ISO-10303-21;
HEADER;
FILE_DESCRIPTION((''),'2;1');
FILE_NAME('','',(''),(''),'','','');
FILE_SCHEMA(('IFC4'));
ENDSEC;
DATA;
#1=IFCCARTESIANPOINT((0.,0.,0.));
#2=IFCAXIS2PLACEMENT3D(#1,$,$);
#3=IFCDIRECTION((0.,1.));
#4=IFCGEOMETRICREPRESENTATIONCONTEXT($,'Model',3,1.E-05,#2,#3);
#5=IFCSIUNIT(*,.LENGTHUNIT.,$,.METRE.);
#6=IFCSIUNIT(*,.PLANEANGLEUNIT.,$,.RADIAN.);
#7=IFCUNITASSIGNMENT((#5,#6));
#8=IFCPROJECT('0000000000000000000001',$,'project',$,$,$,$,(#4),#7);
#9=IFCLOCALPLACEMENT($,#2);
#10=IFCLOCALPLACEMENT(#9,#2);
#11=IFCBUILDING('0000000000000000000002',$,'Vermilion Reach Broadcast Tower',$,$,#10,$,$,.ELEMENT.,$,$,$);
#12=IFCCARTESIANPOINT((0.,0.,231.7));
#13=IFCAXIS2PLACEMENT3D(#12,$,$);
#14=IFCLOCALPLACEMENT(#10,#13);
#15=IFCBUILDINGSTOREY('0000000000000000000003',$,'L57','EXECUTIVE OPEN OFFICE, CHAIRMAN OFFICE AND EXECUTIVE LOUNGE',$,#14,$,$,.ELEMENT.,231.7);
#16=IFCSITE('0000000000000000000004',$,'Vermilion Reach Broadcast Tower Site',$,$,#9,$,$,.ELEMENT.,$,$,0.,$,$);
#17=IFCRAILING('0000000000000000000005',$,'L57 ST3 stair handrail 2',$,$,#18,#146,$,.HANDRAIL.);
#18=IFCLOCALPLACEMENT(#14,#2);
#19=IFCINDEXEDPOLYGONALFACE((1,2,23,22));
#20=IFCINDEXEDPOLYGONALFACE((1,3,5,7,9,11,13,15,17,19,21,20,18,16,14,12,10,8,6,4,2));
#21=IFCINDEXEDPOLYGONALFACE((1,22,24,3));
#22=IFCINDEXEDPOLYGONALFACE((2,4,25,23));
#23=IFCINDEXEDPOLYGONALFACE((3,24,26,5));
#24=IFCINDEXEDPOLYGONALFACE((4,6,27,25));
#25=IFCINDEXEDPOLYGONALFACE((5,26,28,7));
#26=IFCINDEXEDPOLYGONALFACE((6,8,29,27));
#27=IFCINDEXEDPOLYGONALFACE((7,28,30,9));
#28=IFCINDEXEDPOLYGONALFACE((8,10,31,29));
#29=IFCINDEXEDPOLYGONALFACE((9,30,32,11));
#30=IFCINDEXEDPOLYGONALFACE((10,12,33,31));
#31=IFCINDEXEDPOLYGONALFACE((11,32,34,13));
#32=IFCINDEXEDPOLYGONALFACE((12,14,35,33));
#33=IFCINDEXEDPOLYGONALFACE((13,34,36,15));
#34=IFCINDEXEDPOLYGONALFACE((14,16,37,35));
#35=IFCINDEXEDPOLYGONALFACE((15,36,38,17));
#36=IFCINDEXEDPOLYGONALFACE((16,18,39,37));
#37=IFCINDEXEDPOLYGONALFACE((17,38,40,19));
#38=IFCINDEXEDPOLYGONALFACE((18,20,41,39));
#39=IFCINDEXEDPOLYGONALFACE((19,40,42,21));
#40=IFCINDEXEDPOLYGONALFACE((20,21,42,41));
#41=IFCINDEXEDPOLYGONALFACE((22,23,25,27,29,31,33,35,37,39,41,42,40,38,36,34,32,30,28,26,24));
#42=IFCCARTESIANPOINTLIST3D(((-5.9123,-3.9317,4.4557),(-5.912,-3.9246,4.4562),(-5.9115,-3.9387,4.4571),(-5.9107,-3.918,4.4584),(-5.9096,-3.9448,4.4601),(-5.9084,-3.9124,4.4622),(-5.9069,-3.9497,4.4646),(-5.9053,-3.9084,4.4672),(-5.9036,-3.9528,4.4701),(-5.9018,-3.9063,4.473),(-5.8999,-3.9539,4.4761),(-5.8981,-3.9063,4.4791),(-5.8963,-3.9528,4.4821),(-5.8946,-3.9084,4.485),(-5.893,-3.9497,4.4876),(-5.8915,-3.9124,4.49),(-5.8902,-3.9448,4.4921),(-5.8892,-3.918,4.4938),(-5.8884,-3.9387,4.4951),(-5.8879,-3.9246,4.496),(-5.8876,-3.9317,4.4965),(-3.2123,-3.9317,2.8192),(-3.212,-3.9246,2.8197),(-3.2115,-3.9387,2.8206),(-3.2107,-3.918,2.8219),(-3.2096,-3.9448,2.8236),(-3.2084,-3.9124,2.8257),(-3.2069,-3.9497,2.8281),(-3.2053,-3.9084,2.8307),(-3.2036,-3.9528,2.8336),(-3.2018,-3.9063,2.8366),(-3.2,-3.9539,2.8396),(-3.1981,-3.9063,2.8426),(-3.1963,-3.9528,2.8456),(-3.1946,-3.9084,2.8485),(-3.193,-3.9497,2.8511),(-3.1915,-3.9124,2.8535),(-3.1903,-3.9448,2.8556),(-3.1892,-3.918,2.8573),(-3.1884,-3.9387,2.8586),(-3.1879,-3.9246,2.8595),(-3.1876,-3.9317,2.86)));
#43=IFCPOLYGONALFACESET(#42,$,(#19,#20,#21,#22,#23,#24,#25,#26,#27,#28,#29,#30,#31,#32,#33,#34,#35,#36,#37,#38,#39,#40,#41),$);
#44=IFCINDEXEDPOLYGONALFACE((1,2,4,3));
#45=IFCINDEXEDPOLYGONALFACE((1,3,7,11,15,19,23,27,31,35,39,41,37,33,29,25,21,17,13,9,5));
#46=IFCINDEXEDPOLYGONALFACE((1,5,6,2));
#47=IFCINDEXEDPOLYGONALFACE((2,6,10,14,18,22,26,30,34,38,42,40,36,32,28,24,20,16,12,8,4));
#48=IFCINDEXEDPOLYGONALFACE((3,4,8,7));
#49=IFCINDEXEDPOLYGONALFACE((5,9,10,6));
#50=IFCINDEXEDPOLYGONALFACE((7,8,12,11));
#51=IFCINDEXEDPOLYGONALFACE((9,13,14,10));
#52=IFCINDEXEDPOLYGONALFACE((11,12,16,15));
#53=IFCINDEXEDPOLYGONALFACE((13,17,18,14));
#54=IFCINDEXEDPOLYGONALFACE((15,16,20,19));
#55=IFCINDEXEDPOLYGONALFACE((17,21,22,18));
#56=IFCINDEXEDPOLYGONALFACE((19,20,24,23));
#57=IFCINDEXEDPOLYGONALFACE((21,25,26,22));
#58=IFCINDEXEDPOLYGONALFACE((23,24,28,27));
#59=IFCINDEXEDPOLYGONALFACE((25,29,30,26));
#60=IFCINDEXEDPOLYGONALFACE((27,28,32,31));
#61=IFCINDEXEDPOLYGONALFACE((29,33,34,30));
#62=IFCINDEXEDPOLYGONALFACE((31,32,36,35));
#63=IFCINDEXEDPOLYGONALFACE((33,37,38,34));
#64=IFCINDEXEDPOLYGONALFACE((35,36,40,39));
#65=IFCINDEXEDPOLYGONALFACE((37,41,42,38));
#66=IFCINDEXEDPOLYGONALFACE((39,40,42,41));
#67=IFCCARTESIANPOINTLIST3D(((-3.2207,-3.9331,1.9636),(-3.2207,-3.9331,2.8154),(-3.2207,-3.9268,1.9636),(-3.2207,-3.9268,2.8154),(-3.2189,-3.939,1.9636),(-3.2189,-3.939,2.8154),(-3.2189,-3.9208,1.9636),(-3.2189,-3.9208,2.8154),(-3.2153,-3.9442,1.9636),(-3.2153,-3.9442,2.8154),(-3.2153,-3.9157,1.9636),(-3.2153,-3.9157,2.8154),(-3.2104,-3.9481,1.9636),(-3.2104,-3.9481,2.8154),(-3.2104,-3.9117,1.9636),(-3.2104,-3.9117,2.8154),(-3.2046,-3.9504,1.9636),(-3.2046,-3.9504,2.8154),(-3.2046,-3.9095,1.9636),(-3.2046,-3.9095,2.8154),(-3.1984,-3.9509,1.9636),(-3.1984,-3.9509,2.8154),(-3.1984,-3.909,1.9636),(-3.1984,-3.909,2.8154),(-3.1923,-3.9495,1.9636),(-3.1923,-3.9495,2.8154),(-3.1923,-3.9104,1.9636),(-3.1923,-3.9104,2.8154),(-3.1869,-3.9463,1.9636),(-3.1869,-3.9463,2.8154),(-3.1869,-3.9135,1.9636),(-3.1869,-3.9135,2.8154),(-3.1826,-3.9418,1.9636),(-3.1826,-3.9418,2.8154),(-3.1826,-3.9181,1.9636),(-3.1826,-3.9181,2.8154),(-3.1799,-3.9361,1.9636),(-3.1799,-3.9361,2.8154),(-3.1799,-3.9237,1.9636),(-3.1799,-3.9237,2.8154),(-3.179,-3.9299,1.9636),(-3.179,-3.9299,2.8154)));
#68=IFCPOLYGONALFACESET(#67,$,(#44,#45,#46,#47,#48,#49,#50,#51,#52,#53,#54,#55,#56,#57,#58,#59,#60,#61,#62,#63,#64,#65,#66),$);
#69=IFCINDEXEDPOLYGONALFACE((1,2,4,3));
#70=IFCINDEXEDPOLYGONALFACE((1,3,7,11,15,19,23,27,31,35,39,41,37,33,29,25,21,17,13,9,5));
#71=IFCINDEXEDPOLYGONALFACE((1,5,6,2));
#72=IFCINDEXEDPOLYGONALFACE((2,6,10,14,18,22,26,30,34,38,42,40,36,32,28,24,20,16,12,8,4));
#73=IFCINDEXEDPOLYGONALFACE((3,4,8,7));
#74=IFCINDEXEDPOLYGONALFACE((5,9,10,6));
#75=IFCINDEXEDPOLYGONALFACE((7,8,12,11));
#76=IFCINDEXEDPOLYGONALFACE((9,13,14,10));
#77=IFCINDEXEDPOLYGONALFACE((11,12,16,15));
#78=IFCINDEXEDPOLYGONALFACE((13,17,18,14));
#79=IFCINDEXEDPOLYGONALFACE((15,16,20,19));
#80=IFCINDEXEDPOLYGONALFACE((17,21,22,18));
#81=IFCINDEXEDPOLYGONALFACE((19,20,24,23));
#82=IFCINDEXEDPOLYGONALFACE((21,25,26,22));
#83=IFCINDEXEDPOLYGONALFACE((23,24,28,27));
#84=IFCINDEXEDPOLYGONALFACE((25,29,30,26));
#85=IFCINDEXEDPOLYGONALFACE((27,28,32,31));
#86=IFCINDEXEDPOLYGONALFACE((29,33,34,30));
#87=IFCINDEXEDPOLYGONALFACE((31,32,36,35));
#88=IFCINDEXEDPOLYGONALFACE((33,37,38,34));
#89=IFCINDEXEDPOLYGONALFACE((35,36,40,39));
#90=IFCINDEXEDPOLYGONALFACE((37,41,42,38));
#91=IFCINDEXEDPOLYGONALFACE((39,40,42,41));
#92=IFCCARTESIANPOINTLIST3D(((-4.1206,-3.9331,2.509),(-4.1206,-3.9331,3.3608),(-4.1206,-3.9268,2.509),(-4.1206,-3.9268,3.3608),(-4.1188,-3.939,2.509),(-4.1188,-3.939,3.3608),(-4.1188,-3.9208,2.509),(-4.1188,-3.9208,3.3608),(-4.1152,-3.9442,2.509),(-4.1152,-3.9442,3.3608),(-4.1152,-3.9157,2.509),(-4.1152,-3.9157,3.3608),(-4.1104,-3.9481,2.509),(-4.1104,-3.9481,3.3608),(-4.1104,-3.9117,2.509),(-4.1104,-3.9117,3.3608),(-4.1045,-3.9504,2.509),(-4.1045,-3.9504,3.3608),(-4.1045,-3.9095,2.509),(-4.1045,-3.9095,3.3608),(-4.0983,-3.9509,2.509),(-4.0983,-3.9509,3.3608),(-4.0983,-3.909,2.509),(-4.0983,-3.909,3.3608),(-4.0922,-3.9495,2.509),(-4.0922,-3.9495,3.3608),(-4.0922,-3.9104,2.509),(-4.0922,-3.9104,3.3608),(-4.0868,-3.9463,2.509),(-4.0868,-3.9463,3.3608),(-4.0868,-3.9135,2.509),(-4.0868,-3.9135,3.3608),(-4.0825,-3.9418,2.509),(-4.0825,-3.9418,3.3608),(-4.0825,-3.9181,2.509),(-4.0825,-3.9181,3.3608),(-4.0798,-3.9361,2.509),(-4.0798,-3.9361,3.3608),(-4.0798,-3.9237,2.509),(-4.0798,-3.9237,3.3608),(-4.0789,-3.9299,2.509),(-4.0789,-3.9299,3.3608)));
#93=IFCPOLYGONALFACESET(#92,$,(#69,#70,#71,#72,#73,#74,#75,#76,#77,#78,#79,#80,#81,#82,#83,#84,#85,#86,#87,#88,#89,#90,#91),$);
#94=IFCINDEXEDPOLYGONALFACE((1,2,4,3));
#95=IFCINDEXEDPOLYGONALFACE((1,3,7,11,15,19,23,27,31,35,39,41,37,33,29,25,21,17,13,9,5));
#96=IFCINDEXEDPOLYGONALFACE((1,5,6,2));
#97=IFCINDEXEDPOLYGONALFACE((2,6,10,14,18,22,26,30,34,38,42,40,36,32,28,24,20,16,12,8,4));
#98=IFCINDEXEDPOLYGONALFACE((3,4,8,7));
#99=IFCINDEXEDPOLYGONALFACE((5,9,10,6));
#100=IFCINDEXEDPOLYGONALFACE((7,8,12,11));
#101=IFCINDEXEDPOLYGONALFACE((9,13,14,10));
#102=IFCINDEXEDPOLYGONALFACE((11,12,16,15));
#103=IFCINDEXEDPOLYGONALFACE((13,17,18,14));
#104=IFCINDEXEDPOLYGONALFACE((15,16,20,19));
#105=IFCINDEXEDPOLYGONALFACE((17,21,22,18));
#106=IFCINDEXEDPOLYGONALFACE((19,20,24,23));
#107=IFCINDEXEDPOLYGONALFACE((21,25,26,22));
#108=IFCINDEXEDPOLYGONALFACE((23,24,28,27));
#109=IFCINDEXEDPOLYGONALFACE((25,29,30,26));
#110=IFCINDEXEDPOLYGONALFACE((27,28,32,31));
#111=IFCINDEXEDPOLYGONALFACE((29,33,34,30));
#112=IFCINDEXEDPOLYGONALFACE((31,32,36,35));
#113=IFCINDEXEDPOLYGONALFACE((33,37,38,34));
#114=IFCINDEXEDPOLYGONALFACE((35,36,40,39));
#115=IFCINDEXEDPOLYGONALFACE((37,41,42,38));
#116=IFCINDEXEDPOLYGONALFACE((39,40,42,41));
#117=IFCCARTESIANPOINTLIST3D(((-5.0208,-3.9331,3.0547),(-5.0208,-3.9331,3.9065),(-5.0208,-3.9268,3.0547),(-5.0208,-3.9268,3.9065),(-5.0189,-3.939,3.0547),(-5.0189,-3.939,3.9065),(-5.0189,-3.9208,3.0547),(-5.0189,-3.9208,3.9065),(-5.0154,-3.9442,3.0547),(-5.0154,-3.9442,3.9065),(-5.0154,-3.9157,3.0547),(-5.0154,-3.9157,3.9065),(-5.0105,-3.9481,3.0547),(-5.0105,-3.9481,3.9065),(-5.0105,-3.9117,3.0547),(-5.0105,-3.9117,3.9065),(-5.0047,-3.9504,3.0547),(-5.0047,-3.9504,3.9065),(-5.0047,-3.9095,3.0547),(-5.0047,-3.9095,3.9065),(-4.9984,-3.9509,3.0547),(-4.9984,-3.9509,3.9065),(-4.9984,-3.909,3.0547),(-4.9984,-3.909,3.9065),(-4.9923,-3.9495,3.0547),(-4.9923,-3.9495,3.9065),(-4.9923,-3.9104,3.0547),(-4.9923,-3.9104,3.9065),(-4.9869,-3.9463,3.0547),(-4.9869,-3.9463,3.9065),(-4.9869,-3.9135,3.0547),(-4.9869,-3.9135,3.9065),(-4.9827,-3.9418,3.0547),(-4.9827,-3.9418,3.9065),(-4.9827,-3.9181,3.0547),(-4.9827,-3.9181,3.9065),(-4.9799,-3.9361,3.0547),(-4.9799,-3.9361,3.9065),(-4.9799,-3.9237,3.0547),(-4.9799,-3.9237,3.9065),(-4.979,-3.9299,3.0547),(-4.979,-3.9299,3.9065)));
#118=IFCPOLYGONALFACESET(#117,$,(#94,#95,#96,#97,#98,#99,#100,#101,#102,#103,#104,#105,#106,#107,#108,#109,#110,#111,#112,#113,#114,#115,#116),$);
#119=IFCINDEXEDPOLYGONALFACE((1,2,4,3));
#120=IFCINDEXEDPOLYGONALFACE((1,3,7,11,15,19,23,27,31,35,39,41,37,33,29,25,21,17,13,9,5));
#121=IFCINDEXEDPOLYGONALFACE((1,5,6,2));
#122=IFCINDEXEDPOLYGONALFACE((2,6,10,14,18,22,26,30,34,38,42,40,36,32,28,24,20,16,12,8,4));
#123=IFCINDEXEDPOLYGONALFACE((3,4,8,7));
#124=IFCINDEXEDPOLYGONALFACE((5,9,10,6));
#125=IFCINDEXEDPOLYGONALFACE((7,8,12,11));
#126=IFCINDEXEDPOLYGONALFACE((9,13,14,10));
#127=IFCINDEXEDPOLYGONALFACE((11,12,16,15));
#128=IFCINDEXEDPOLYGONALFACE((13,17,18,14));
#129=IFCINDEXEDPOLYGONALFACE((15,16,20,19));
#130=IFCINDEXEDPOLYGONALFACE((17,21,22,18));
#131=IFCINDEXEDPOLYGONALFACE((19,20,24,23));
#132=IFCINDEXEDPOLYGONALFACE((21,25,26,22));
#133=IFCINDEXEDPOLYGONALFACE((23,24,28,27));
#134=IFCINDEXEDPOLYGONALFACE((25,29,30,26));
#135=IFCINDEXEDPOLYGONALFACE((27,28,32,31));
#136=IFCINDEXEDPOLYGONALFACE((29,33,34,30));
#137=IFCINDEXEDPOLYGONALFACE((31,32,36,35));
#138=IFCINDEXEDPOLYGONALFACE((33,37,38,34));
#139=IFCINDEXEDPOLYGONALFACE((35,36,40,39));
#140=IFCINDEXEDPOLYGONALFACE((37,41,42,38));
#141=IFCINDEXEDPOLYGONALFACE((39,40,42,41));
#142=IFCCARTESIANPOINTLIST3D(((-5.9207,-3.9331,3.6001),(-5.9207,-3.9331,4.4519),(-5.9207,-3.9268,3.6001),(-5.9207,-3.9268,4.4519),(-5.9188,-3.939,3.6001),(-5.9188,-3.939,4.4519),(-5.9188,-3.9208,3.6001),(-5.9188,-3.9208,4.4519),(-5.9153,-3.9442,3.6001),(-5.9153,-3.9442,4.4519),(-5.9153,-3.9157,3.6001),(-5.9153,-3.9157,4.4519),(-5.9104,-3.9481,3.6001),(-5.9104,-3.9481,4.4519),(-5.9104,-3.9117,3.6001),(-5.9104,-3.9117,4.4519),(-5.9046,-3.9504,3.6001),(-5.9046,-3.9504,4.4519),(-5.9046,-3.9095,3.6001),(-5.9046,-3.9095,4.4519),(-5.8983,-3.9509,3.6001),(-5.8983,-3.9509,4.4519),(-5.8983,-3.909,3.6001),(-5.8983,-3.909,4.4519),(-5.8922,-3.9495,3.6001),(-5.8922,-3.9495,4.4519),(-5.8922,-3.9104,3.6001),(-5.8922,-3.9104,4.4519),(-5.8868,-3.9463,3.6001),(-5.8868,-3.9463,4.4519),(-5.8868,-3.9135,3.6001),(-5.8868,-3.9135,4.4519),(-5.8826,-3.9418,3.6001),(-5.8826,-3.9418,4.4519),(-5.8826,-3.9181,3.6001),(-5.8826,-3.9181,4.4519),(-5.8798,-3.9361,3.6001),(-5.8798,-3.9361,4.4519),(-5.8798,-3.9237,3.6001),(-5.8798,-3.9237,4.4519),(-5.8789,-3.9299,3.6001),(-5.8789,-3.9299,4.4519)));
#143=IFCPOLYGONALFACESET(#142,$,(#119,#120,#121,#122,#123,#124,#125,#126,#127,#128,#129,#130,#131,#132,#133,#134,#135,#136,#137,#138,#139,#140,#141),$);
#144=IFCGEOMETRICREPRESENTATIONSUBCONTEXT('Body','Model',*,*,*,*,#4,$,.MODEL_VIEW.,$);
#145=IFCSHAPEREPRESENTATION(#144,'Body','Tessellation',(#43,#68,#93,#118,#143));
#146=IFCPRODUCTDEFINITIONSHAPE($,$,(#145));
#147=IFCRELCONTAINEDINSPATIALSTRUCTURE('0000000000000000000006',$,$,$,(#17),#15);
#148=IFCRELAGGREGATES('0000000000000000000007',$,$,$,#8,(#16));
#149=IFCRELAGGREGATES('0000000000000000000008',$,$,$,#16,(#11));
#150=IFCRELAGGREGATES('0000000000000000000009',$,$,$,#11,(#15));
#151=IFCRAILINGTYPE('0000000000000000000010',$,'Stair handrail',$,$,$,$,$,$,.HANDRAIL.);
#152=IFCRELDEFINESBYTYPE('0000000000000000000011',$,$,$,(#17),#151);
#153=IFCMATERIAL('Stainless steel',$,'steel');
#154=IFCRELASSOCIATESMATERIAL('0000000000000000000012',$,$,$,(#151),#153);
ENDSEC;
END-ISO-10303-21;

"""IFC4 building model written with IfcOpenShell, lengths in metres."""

from ifc_helpers import new_model, si_unit, direction, frame, origin, origin_2d, place, context, subcontext, project, spatial, circle, extrude, material, type_object, element, save


model = new_model("IFC4")

# Units and contexts
model_context = context("Model", 3, precision=1e-05, world=origin(), true_north=direction((0.0, 1.0)))
body_context = subcontext(model_context, "Body", "Model", "MODEL_VIEW")
ifc_project = project(units=[si_unit("LENGTHUNIT", "METRE"), si_unit("PLANEANGLEUNIT", "RADIAN")], contexts=[model_context])

# Site, building, storey
site_placement = place(None, origin())
site = spatial("IfcSite", under=ifc_project, at=site_placement, Name="Vermilion Reach Broadcast Tower Site", CompositionType="ELEMENT", RefElevation=0.0)
building_placement = place(site_placement, origin())
building = spatial("IfcBuilding", under=site, at=building_placement, Name="Vermilion Reach Broadcast Tower", CompositionType="ELEMENT")
storey_placement = place(building_placement, frame((0.0, 0.0, 231.7)))
storey = spatial("IfcBuildingStorey", under=building, at=storey_placement, Name="L57", Description="EXECUTIVE OPEN OFFICE, CHAIRMAN OFFICE AND EXECUTIVE LOUNGE", CompositionType="ELEMENT", Elevation=231.7)

# Railing
ifc_material_1 = material(Name="Stainless steel", Category="steel")
railing_type_1 = type_object("IfcRailingType", Name="Stair handrail", PredefinedType="HANDRAIL", material=ifc_material_1)
railing_1_placement = place(storey_placement, frame((-3.2, -3.9299, 1.9636)))
element("IfcRailing", 1, at=railing_1_placement, inside=storey, type_object=railing_type_1, Name="L57 ST3 stair handrail 2", PredefinedType="HANDRAIL", context=body_context, shape_type="SweptSolid", body=[
    extrude(circle(Radius=0.0239, at=origin_2d()), frame((0.0, 0.0, 0.876), z_axis=(-0.855178, 0.0, 0.518334), x_axis=(0.0, -1.0, 0.0)), (0.0, 0.0, 1.0), 3.1572),
    extrude(circle(Radius=0.021, at=origin_2d()), origin(), (0.0, 0.0, 1.0), 0.8518),
    extrude(circle(Radius=0.021, at=origin_2d()), frame((-0.8999, 0.0, 0.5454)), (0.0, 0.0, 1.0), 0.8518),
    extrude(circle(Radius=0.021, at=origin_2d()), frame((-1.8, 0.0, 1.0911)), (0.0, 0.0, 1.0), 0.8518),
    extrude(circle(Radius=0.021, at=origin_2d()), frame((-2.7, 0.0, 1.6365)), (0.0, 0.0, 1.0), 0.8518),
])

save(model, "model.ifc")
